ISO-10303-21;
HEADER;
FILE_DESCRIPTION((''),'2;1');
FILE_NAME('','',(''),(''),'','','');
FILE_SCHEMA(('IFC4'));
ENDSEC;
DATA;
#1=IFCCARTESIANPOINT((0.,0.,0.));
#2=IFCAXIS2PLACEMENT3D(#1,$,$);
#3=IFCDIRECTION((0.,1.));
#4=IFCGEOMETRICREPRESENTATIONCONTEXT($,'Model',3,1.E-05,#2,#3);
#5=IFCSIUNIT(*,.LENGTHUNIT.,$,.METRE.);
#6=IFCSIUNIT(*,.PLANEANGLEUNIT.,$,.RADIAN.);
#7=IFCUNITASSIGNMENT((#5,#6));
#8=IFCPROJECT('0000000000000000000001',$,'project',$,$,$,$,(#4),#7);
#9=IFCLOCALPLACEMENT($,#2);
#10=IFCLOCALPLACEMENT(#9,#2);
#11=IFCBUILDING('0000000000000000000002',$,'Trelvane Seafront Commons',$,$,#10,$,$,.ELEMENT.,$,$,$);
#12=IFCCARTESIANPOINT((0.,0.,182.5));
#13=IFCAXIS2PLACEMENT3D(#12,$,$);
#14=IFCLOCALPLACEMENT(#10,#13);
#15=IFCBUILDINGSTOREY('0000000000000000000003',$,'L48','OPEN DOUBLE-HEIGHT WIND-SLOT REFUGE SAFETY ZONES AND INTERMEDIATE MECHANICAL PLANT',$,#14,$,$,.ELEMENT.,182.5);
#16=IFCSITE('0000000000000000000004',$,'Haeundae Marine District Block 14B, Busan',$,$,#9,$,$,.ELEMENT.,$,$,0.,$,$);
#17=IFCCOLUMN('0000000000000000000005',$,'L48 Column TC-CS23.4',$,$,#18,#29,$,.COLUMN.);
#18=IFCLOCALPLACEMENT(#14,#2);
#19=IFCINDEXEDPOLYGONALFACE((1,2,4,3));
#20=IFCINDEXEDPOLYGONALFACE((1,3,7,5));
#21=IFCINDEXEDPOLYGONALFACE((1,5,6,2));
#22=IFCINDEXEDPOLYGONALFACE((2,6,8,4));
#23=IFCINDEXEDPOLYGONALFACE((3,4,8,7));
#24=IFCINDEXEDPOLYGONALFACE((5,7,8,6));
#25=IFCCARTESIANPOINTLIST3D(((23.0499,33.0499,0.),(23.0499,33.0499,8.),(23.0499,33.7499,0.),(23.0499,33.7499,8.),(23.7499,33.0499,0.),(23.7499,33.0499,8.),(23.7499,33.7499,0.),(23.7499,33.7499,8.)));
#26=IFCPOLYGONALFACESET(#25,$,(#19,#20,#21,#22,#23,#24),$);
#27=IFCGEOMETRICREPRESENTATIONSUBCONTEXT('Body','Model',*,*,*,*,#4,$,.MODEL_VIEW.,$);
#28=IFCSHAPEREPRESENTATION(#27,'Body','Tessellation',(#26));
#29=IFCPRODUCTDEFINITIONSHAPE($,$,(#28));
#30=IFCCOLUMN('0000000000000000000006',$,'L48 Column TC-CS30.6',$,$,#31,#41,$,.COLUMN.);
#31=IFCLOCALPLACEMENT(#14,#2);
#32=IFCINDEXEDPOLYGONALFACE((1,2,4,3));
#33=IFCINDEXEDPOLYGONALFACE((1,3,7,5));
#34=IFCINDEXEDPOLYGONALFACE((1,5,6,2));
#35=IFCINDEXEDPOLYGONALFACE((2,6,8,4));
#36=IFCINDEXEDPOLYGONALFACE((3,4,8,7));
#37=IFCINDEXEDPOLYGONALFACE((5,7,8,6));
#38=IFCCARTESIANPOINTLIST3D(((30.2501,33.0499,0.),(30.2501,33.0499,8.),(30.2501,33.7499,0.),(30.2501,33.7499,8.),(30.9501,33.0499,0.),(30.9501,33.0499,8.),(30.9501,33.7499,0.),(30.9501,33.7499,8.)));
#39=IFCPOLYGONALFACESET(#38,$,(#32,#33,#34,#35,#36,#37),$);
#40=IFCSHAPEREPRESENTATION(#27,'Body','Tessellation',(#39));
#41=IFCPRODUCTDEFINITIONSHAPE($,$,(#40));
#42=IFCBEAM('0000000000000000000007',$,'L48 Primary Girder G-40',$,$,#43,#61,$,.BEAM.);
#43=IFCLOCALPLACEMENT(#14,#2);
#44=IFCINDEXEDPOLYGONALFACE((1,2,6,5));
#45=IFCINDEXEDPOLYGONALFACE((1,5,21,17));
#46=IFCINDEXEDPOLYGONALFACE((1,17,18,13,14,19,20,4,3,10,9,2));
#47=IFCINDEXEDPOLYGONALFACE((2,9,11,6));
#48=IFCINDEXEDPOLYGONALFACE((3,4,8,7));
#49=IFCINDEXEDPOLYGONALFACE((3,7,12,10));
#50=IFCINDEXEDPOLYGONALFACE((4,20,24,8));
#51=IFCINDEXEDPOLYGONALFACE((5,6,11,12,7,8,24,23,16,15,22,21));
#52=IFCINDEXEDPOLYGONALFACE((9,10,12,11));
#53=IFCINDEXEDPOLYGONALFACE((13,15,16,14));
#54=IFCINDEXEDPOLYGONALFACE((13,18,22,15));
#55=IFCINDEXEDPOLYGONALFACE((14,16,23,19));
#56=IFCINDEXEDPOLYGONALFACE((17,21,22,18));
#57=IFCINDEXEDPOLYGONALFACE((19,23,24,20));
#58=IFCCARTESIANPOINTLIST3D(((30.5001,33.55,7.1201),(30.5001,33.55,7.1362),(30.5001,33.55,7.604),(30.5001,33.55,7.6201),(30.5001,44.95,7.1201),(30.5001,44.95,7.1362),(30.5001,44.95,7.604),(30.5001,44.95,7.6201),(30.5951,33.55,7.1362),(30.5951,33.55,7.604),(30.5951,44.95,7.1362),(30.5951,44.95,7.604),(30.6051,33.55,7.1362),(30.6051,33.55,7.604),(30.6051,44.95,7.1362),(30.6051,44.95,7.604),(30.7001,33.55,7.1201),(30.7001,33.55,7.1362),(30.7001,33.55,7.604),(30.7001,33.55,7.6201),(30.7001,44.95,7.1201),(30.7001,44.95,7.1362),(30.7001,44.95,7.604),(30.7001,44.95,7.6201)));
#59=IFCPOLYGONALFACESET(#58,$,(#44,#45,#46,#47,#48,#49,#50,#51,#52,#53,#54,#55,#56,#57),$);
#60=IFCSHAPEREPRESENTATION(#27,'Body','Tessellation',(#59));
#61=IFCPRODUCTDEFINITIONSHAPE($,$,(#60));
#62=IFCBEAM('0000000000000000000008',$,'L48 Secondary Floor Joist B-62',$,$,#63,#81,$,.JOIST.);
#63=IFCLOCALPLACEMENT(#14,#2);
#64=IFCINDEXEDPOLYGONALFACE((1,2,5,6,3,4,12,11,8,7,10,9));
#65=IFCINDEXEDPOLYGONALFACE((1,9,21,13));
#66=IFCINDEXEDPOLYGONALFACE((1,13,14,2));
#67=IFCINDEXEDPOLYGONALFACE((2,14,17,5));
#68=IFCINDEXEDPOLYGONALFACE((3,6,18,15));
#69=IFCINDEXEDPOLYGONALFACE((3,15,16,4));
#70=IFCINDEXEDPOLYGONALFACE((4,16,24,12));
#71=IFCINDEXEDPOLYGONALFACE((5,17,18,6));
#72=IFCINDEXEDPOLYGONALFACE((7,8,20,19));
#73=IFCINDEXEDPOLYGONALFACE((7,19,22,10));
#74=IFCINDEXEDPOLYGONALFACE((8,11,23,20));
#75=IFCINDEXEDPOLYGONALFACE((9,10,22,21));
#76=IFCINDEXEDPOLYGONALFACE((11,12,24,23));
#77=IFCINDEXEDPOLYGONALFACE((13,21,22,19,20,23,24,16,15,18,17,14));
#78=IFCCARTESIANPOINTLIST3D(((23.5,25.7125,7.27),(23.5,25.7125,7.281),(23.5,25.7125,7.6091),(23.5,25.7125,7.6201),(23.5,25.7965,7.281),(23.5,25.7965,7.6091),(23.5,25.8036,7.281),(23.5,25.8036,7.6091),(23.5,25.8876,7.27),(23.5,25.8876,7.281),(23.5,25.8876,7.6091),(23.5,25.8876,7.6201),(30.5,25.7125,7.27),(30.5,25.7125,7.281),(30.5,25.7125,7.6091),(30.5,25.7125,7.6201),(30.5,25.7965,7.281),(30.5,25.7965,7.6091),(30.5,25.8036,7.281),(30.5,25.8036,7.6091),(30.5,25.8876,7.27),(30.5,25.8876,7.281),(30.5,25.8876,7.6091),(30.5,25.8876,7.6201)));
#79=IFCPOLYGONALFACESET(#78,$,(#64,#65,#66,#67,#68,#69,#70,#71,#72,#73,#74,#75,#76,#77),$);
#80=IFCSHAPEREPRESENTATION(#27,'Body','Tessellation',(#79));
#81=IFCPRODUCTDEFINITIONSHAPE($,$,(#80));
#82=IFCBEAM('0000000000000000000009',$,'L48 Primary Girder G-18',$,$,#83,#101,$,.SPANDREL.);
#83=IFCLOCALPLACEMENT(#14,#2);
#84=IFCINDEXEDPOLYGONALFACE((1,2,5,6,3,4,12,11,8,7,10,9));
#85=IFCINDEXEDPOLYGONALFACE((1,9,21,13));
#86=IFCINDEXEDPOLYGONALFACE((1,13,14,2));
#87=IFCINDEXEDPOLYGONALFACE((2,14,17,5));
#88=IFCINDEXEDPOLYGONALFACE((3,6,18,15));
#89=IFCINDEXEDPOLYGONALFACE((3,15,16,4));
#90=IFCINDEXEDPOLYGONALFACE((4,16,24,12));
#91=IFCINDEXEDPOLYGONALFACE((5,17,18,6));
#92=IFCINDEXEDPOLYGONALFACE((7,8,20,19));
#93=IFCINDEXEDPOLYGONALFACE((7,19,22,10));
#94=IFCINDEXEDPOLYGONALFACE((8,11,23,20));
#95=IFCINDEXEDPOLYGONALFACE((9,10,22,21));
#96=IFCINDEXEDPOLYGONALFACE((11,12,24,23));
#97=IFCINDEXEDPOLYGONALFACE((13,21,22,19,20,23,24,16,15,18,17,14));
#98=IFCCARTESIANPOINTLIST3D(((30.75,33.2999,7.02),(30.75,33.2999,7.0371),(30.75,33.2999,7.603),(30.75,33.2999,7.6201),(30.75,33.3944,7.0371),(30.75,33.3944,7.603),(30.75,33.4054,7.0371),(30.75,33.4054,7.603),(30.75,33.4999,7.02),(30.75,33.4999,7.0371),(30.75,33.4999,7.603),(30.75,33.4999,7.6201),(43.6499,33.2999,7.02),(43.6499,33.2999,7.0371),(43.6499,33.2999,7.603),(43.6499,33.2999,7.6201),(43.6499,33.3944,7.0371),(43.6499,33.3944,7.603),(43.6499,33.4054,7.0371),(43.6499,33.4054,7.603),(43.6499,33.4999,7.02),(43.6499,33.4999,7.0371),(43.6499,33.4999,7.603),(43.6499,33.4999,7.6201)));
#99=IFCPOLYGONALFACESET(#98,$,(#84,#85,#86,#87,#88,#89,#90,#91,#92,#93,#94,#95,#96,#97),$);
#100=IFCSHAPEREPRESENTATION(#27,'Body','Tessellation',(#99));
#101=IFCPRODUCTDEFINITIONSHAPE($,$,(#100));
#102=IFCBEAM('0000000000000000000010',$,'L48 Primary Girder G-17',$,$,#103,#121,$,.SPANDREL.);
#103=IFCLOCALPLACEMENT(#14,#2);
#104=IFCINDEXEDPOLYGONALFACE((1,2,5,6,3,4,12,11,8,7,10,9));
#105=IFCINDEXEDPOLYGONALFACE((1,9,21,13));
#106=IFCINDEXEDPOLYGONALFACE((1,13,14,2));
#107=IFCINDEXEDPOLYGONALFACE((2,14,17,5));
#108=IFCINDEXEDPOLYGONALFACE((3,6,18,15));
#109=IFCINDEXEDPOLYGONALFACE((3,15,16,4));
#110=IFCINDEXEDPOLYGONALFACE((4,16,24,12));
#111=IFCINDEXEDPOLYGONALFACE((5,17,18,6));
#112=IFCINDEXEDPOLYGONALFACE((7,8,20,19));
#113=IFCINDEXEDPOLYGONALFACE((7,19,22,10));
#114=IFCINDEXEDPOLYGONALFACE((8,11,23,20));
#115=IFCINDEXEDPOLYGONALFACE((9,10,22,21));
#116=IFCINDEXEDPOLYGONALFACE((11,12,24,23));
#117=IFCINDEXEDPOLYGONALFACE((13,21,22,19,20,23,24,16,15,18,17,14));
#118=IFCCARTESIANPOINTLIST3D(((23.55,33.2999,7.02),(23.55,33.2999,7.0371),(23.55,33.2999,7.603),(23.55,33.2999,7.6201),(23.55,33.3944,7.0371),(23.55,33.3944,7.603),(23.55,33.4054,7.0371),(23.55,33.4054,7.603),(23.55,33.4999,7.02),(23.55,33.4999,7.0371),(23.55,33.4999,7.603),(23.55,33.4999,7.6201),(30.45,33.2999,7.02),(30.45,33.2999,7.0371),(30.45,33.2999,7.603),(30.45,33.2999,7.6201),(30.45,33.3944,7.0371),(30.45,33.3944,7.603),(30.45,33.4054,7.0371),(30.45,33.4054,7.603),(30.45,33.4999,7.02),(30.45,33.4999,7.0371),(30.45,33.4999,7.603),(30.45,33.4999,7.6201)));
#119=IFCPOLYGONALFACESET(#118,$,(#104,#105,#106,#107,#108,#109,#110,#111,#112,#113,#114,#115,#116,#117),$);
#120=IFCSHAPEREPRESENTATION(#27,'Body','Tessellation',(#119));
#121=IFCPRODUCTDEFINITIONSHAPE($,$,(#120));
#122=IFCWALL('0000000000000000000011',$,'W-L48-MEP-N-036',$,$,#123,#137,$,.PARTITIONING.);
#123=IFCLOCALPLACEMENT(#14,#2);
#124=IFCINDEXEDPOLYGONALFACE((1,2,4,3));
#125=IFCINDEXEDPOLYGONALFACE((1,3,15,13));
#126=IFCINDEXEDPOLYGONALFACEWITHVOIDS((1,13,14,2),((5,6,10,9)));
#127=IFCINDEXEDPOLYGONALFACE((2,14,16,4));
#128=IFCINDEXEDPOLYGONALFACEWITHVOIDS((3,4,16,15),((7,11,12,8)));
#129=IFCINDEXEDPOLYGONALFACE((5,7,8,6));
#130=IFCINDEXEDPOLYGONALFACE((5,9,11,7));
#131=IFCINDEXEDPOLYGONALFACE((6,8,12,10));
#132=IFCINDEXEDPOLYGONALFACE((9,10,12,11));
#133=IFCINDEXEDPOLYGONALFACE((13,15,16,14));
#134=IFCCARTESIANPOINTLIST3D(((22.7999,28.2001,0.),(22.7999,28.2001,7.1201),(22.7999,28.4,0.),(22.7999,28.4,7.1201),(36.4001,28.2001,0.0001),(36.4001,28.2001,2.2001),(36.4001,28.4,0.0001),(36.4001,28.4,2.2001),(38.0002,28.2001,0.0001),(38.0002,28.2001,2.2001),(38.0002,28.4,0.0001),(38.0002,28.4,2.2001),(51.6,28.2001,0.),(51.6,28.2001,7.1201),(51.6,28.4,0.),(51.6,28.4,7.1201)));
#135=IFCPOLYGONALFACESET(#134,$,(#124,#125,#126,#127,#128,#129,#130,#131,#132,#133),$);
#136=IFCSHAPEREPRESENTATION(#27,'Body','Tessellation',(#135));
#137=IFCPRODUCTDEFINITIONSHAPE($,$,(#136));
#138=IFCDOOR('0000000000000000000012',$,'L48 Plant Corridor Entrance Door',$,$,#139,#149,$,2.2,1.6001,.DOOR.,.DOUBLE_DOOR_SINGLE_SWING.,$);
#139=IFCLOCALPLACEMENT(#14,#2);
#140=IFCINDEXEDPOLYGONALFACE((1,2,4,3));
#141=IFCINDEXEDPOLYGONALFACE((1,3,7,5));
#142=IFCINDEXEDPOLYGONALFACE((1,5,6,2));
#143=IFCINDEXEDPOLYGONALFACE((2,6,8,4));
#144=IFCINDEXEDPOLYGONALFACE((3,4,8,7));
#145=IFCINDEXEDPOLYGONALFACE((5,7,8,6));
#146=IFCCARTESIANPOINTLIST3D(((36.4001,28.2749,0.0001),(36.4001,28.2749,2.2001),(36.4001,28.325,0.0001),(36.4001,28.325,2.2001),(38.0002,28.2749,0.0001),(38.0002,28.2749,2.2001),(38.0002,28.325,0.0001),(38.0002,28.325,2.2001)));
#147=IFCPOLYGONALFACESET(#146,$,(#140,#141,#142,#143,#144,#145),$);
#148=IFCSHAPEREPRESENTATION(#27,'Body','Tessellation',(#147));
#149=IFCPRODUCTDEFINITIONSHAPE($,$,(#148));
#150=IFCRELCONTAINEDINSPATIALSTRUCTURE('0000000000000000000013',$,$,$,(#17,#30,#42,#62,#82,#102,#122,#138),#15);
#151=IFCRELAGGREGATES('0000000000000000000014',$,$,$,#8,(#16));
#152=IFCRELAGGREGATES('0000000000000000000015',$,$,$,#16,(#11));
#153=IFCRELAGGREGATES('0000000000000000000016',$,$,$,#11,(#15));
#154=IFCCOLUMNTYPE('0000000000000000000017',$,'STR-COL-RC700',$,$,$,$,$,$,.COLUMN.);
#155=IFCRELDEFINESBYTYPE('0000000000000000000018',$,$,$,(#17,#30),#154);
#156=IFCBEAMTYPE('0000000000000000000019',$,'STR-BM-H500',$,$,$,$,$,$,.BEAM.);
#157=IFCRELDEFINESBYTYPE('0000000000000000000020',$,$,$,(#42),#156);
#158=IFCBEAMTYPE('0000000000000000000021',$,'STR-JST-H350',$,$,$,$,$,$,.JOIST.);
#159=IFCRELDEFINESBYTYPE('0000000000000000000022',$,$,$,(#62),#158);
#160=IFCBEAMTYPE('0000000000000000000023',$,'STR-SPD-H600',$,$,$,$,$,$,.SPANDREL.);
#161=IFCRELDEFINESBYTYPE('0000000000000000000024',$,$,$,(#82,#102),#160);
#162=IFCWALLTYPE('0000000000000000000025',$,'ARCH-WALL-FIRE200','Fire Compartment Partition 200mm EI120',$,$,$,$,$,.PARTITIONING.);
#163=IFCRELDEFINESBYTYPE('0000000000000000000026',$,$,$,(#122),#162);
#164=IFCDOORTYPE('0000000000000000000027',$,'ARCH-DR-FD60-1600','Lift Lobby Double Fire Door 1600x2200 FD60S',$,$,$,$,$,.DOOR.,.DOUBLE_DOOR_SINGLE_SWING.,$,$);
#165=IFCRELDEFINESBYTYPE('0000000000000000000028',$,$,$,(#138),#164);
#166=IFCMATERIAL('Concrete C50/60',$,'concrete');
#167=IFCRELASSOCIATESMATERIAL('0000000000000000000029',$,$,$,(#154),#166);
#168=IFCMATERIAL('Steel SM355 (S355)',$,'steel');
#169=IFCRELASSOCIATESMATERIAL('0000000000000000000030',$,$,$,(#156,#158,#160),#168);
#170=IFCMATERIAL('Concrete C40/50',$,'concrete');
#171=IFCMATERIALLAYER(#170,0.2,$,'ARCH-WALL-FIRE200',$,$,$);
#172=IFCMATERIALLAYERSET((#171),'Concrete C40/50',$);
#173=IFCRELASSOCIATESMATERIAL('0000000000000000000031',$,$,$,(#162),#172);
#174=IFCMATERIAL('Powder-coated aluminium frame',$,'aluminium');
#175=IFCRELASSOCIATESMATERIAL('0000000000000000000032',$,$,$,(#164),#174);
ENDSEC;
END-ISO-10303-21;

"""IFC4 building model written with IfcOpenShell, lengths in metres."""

from ifc_helpers import new_model, si_unit, direction, frame, frame_2d, origin, origin_2d, place, context, subcontext, project, spatial, rectangle, i_section, extrude, source, transform, mapped, material, layer, layer_set, material_profile, profile_set, type_object, element, fill, save


model = new_model("IFC4")

# Units and contexts
model_context = context("Model", 3, precision=1e-05, world=origin(), true_north=direction((0.0, 1.0)))
body_context = subcontext(model_context, "Body", "Model", "MODEL_VIEW")
ifc_project = project(units=[si_unit("LENGTHUNIT", "METRE"), si_unit("PLANEANGLEUNIT", "RADIAN")], contexts=[model_context])

# Site, building, storey
site_placement = place(None, origin())
site = spatial("IfcSite", under=ifc_project, at=site_placement, Name="Haeundae Marine District Block 14B, Busan", CompositionType="ELEMENT", RefElevation=0.0)
building_placement = place(site_placement, origin())
building = spatial("IfcBuilding", under=site, at=building_placement, Name="Trelvane Seafront Commons", CompositionType="ELEMENT")
storey_placement = place(building_placement, frame((0.0, 0.0, 182.5)))
storey = spatial("IfcBuildingStorey", under=building, at=storey_placement, Name="L48", Description="OPEN DOUBLE-HEIGHT WIND-SLOT REFUGE SAFETY ZONES AND INTERMEDIATE MECHANICAL PLANT", CompositionType="ELEMENT", Elevation=182.5)

# Columns
ifc_material_1 = material(Name="Concrete C50/60", Category="concrete")
ifc_material_profile_1 = material_profile(ifc_material_1, rectangle(XDim=0.7, YDim=0.7, at=origin_2d()), Name="RC-700x700")
ifc_profile_set_1 = profile_set([ifc_material_profile_1], Name="Concrete C50/60")
column_type = type_object("IfcColumnType", Name="STR-COL-RC700", PredefinedType="COLUMN", material=ifc_profile_set_1)
shared_shape_1 = source(origin(), body_context, "Body", "SweptSolid", [
    extrude(rectangle(XDim=0.7, YDim=0.7, at=origin_2d()), origin(), (0.0, 0.0, 1.0), 8.0),
])
for number, where, z_axis, x_axis, name in (
    (1, (23.3999, 33.3999, 0.0), (0.0, 0.0, 1.0), (1.0, 0.0, 0.0), "L48 Column TC-CS23.4"),
    (2, (30.6001, 33.3999, 0.0), (0.0, 0.0, 1.0), (1.0, 0.0, 0.0), "L48 Column TC-CS30.6"),
):
    element("IfcColumn", number, at=place(storey_placement, frame(where, z_axis=z_axis, x_axis=x_axis)), inside=storey, type_object=column_type, Name=name, PredefinedType="COLUMN", context=body_context, shape_type="MappedRepresentation", body=[
        mapped(shared_shape_1, transform((0.0, 0.0, 0.0), x_axis=(1.0, 0.0, 0.0), y_axis=(0.0, 1.0, 0.0), z_axis=(0.0, 0.0, 1.0), scale=1.0)),
    ])

# Beams
ifc_material_2 = material(Name="Steel SM355 (S355)", Category="steel")
ifc_material_profile_2 = material_profile(ifc_material_2, i_section(OverallWidth=0.2, OverallDepth=0.5, WebThickness=0.01, FlangeThickness=0.0161, at=origin_2d()), Name="H-500x200x10x16")
ifc_profile_set_2 = profile_set([ifc_material_profile_2], Name="Steel SM355 (S355)")
beam_type_1 = type_object("IfcBeamType", Name="STR-BM-H500", PredefinedType="BEAM", material=ifc_profile_set_2)
shared_shape_2 = source(origin(), body_context, "Body", "SweptSolid", [
    extrude(i_section(OverallWidth=0.2, OverallDepth=0.5, WebThickness=0.01, FlangeThickness=0.0161, at=origin_2d()), origin(), (0.0, 0.0, 1.0), 11.3999),
])
beam_1_placement = place(storey_placement, frame((30.6001, 33.55, 7.3701), z_axis=(0.0, 1.0, 0.0), x_axis=(-1.0, 0.0, 0.0)))
element("IfcBeam", 3, at=beam_1_placement, inside=storey, type_object=beam_type_1, Name="L48 Primary Girder G-40", PredefinedType="BEAM", context=body_context, shape_type="MappedRepresentation", body=[
    mapped(shared_shape_2, transform((0.0, 0.0, 0.0), x_axis=(1.0, 0.0, 0.0), y_axis=(0.0, 1.0, 0.0), z_axis=(0.0, 0.0, 1.0), scale=1.0)),
])
ifc_material_profile_3 = material_profile(ifc_material_2, i_section(OverallWidth=0.175, OverallDepth=0.3501, WebThickness=0.0071, FlangeThickness=0.011, at=origin_2d()), Name="H-350x175x7x11")
ifc_profile_set_3 = profile_set([ifc_material_profile_3], Name="Steel SM355 (S355)")
beam_type_2 = type_object("IfcBeamType", Name="STR-JST-H350", PredefinedType="JOIST", material=ifc_profile_set_3)
shared_shape_3 = source(origin(), body_context, "Body", "SweptSolid", [
    extrude(i_section(OverallWidth=0.175, OverallDepth=0.3501, WebThickness=0.0071, FlangeThickness=0.011, at=origin_2d()), origin(), (0.0, 0.0, 1.0), 7.0),
])
beam_2_placement = place(storey_placement, frame((23.5, 25.8, 7.4451), z_axis=(1.0, 0.0, 0.0), x_axis=(0.0, 1.0, 0.0)))
element("IfcBeam", 4, at=beam_2_placement, inside=storey, type_object=beam_type_2, Name="L48 Secondary Floor Joist B-62", PredefinedType="JOIST", context=body_context, shape_type="MappedRepresentation", body=[
    mapped(shared_shape_3, transform((0.0, 0.0, 0.0), x_axis=(1.0, 0.0, 0.0), y_axis=(0.0, 1.0, 0.0), z_axis=(0.0, 0.0, 1.0), scale=1.0)),
])
ifc_material_profile_4 = material_profile(ifc_material_2, i_section(OverallWidth=0.2, OverallDepth=0.6001, WebThickness=0.011, FlangeThickness=0.0171, at=origin_2d()), Name="H-600x200x11x17")
ifc_profile_set_4 = profile_set([ifc_material_profile_4], Name="Steel SM355 (S355)")
beam_type_3 = type_object("IfcBeamType", Name="STR-SPD-H600", PredefinedType="SPANDREL", material=ifc_profile_set_4)
shared_shape_4 = source(origin(), body_context, "Body", "SweptSolid", [
    extrude(i_section(OverallWidth=0.2, OverallDepth=0.6001, WebThickness=0.011, FlangeThickness=0.0171, at=origin_2d()), origin(), (0.0, 0.0, 1.0), 12.8999),
])
beam_3_placement = place(storey_placement, frame((30.75, 33.3999, 7.3201), z_axis=(1.0, 0.0, 0.0), x_axis=(0.0, 1.0, 0.0)))
element("IfcBeam", 5, at=beam_3_placement, inside=storey, type_object=beam_type_3, Name="L48 Primary Girder G-18", PredefinedType="SPANDREL", context=body_context, shape_type="MappedRepresentation", body=[
    mapped(shared_shape_4, transform((0.0, 0.0, 0.0), x_axis=(1.0, 0.0, 0.0), y_axis=(0.0, 1.0, 0.0), z_axis=(0.0, 0.0, 1.0), scale=1.0)),
])
shared_shape_5 = source(origin(), body_context, "Body", "SweptSolid", [
    extrude(i_section(OverallWidth=0.2, OverallDepth=0.6001, WebThickness=0.011, FlangeThickness=0.0171, at=origin_2d()), origin(), (0.0, 0.0, 1.0), 6.8999),
])
beam_4_placement = place(storey_placement, frame((23.55, 33.3999, 7.3201), z_axis=(1.0, 0.0, 0.0), x_axis=(0.0, 1.0, 0.0)))
element("IfcBeam", 6, at=beam_4_placement, inside=storey, type_object=beam_type_3, Name="L48 Primary Girder G-17", PredefinedType="SPANDREL", context=body_context, shape_type="MappedRepresentation", body=[
    mapped(shared_shape_5, transform((0.0, 0.0, 0.0), x_axis=(1.0, 0.0, 0.0), y_axis=(0.0, 1.0, 0.0), z_axis=(0.0, 0.0, 1.0), scale=1.0)),
])

# Wall, opening, door
ifc_material_3 = material(Name="Concrete C40/50", Category="concrete")
ifc_layer_1 = layer(ifc_material_3, 0.2, Name="ARCH-WALL-FIRE200")
ifc_layer_set_1 = layer_set([ifc_layer_1], Name="Concrete C40/50")
wall_type_1 = type_object("IfcWallType", Name="ARCH-WALL-FIRE200", Description="Fire Compartment Partition 200mm EI120", PredefinedType="PARTITIONING", material=ifc_layer_set_1)
wall_1_placement = place(storey_placement, frame((22.8, 28.3, 0.0), z_axis=(0.0, 0.0, 1.0), x_axis=(1.0, 0.0, 0.0)))
wall_1 = element("IfcWall", 7, at=wall_1_placement, inside=storey, type_object=wall_type_1, Name="W-L48-MEP-N-036", PredefinedType="PARTITIONING", context=body_context, shape_type="SweptSolid", body=[
    extrude(rectangle(XDim=28.8, YDim=0.2, at=frame_2d((14.3999, 0.0))), origin(), (0.0, 0.0, 1.0), 7.1201),
])
opening_1_placement = place(wall_1_placement, frame((13.6001, 0.0, 0.0)))
opening_1 = element("IfcOpeningElement", 8, at=opening_1_placement, cuts=wall_1, PredefinedType="OPENING", context=body_context, shape_type="SweptSolid", body=[
    extrude(rectangle(XDim=1.6001, YDim=2.2, at=frame_2d((0.8, 1.1001))), frame((0.0, 0.1099, 0.0), z_axis=(0.0, -1.0, 0.0), x_axis=(1.0, 0.0, 0.0)), (0.0, 0.0, 1.0), 0.22),
])
ifc_material_4 = material(Name="Powder-coated aluminium frame", Category="aluminium")
door_type_1 = type_object("IfcDoorType", Name="ARCH-DR-FD60-1600", Description="Lift Lobby Double Fire Door 1600x2200 FD60S", OperationType="DOUBLE_DOOR_SINGLE_SWING", PredefinedType="DOOR", material=ifc_material_4)
shared_shape_6 = source(origin(), body_context, "Body", "SweptSolid", [
    extrude(rectangle(XDim=1.6001, YDim=2.2, at=frame_2d((0.8, 1.1001))), frame((0.0, 0.0249, 0.0), z_axis=(0.0, -1.0, 0.0), x_axis=(1.0, 0.0, 0.0)), (0.0, 0.0, 1.0), 0.05),
])
door_1_placement = place(opening_1_placement, origin())
door_1 = element("IfcDoor", 9, at=door_1_placement, inside=storey, type_object=door_type_1, Name="L48 Plant Corridor Entrance Door", OperationType="DOUBLE_DOOR_SINGLE_SWING", OverallHeight=2.2, OverallWidth=1.6001, PredefinedType="DOOR", context=body_context, shape_type="MappedRepresentation", body=[
    mapped(shared_shape_6, transform((0.0, 0.0, 0.0), x_axis=(1.0, 0.0, 0.0), y_axis=(0.0, 1.0, 0.0), z_axis=(0.0, 0.0, 1.0), scale=1.0)),
])
fill(opening_1, door_1)

save(model, "model.ifc")
